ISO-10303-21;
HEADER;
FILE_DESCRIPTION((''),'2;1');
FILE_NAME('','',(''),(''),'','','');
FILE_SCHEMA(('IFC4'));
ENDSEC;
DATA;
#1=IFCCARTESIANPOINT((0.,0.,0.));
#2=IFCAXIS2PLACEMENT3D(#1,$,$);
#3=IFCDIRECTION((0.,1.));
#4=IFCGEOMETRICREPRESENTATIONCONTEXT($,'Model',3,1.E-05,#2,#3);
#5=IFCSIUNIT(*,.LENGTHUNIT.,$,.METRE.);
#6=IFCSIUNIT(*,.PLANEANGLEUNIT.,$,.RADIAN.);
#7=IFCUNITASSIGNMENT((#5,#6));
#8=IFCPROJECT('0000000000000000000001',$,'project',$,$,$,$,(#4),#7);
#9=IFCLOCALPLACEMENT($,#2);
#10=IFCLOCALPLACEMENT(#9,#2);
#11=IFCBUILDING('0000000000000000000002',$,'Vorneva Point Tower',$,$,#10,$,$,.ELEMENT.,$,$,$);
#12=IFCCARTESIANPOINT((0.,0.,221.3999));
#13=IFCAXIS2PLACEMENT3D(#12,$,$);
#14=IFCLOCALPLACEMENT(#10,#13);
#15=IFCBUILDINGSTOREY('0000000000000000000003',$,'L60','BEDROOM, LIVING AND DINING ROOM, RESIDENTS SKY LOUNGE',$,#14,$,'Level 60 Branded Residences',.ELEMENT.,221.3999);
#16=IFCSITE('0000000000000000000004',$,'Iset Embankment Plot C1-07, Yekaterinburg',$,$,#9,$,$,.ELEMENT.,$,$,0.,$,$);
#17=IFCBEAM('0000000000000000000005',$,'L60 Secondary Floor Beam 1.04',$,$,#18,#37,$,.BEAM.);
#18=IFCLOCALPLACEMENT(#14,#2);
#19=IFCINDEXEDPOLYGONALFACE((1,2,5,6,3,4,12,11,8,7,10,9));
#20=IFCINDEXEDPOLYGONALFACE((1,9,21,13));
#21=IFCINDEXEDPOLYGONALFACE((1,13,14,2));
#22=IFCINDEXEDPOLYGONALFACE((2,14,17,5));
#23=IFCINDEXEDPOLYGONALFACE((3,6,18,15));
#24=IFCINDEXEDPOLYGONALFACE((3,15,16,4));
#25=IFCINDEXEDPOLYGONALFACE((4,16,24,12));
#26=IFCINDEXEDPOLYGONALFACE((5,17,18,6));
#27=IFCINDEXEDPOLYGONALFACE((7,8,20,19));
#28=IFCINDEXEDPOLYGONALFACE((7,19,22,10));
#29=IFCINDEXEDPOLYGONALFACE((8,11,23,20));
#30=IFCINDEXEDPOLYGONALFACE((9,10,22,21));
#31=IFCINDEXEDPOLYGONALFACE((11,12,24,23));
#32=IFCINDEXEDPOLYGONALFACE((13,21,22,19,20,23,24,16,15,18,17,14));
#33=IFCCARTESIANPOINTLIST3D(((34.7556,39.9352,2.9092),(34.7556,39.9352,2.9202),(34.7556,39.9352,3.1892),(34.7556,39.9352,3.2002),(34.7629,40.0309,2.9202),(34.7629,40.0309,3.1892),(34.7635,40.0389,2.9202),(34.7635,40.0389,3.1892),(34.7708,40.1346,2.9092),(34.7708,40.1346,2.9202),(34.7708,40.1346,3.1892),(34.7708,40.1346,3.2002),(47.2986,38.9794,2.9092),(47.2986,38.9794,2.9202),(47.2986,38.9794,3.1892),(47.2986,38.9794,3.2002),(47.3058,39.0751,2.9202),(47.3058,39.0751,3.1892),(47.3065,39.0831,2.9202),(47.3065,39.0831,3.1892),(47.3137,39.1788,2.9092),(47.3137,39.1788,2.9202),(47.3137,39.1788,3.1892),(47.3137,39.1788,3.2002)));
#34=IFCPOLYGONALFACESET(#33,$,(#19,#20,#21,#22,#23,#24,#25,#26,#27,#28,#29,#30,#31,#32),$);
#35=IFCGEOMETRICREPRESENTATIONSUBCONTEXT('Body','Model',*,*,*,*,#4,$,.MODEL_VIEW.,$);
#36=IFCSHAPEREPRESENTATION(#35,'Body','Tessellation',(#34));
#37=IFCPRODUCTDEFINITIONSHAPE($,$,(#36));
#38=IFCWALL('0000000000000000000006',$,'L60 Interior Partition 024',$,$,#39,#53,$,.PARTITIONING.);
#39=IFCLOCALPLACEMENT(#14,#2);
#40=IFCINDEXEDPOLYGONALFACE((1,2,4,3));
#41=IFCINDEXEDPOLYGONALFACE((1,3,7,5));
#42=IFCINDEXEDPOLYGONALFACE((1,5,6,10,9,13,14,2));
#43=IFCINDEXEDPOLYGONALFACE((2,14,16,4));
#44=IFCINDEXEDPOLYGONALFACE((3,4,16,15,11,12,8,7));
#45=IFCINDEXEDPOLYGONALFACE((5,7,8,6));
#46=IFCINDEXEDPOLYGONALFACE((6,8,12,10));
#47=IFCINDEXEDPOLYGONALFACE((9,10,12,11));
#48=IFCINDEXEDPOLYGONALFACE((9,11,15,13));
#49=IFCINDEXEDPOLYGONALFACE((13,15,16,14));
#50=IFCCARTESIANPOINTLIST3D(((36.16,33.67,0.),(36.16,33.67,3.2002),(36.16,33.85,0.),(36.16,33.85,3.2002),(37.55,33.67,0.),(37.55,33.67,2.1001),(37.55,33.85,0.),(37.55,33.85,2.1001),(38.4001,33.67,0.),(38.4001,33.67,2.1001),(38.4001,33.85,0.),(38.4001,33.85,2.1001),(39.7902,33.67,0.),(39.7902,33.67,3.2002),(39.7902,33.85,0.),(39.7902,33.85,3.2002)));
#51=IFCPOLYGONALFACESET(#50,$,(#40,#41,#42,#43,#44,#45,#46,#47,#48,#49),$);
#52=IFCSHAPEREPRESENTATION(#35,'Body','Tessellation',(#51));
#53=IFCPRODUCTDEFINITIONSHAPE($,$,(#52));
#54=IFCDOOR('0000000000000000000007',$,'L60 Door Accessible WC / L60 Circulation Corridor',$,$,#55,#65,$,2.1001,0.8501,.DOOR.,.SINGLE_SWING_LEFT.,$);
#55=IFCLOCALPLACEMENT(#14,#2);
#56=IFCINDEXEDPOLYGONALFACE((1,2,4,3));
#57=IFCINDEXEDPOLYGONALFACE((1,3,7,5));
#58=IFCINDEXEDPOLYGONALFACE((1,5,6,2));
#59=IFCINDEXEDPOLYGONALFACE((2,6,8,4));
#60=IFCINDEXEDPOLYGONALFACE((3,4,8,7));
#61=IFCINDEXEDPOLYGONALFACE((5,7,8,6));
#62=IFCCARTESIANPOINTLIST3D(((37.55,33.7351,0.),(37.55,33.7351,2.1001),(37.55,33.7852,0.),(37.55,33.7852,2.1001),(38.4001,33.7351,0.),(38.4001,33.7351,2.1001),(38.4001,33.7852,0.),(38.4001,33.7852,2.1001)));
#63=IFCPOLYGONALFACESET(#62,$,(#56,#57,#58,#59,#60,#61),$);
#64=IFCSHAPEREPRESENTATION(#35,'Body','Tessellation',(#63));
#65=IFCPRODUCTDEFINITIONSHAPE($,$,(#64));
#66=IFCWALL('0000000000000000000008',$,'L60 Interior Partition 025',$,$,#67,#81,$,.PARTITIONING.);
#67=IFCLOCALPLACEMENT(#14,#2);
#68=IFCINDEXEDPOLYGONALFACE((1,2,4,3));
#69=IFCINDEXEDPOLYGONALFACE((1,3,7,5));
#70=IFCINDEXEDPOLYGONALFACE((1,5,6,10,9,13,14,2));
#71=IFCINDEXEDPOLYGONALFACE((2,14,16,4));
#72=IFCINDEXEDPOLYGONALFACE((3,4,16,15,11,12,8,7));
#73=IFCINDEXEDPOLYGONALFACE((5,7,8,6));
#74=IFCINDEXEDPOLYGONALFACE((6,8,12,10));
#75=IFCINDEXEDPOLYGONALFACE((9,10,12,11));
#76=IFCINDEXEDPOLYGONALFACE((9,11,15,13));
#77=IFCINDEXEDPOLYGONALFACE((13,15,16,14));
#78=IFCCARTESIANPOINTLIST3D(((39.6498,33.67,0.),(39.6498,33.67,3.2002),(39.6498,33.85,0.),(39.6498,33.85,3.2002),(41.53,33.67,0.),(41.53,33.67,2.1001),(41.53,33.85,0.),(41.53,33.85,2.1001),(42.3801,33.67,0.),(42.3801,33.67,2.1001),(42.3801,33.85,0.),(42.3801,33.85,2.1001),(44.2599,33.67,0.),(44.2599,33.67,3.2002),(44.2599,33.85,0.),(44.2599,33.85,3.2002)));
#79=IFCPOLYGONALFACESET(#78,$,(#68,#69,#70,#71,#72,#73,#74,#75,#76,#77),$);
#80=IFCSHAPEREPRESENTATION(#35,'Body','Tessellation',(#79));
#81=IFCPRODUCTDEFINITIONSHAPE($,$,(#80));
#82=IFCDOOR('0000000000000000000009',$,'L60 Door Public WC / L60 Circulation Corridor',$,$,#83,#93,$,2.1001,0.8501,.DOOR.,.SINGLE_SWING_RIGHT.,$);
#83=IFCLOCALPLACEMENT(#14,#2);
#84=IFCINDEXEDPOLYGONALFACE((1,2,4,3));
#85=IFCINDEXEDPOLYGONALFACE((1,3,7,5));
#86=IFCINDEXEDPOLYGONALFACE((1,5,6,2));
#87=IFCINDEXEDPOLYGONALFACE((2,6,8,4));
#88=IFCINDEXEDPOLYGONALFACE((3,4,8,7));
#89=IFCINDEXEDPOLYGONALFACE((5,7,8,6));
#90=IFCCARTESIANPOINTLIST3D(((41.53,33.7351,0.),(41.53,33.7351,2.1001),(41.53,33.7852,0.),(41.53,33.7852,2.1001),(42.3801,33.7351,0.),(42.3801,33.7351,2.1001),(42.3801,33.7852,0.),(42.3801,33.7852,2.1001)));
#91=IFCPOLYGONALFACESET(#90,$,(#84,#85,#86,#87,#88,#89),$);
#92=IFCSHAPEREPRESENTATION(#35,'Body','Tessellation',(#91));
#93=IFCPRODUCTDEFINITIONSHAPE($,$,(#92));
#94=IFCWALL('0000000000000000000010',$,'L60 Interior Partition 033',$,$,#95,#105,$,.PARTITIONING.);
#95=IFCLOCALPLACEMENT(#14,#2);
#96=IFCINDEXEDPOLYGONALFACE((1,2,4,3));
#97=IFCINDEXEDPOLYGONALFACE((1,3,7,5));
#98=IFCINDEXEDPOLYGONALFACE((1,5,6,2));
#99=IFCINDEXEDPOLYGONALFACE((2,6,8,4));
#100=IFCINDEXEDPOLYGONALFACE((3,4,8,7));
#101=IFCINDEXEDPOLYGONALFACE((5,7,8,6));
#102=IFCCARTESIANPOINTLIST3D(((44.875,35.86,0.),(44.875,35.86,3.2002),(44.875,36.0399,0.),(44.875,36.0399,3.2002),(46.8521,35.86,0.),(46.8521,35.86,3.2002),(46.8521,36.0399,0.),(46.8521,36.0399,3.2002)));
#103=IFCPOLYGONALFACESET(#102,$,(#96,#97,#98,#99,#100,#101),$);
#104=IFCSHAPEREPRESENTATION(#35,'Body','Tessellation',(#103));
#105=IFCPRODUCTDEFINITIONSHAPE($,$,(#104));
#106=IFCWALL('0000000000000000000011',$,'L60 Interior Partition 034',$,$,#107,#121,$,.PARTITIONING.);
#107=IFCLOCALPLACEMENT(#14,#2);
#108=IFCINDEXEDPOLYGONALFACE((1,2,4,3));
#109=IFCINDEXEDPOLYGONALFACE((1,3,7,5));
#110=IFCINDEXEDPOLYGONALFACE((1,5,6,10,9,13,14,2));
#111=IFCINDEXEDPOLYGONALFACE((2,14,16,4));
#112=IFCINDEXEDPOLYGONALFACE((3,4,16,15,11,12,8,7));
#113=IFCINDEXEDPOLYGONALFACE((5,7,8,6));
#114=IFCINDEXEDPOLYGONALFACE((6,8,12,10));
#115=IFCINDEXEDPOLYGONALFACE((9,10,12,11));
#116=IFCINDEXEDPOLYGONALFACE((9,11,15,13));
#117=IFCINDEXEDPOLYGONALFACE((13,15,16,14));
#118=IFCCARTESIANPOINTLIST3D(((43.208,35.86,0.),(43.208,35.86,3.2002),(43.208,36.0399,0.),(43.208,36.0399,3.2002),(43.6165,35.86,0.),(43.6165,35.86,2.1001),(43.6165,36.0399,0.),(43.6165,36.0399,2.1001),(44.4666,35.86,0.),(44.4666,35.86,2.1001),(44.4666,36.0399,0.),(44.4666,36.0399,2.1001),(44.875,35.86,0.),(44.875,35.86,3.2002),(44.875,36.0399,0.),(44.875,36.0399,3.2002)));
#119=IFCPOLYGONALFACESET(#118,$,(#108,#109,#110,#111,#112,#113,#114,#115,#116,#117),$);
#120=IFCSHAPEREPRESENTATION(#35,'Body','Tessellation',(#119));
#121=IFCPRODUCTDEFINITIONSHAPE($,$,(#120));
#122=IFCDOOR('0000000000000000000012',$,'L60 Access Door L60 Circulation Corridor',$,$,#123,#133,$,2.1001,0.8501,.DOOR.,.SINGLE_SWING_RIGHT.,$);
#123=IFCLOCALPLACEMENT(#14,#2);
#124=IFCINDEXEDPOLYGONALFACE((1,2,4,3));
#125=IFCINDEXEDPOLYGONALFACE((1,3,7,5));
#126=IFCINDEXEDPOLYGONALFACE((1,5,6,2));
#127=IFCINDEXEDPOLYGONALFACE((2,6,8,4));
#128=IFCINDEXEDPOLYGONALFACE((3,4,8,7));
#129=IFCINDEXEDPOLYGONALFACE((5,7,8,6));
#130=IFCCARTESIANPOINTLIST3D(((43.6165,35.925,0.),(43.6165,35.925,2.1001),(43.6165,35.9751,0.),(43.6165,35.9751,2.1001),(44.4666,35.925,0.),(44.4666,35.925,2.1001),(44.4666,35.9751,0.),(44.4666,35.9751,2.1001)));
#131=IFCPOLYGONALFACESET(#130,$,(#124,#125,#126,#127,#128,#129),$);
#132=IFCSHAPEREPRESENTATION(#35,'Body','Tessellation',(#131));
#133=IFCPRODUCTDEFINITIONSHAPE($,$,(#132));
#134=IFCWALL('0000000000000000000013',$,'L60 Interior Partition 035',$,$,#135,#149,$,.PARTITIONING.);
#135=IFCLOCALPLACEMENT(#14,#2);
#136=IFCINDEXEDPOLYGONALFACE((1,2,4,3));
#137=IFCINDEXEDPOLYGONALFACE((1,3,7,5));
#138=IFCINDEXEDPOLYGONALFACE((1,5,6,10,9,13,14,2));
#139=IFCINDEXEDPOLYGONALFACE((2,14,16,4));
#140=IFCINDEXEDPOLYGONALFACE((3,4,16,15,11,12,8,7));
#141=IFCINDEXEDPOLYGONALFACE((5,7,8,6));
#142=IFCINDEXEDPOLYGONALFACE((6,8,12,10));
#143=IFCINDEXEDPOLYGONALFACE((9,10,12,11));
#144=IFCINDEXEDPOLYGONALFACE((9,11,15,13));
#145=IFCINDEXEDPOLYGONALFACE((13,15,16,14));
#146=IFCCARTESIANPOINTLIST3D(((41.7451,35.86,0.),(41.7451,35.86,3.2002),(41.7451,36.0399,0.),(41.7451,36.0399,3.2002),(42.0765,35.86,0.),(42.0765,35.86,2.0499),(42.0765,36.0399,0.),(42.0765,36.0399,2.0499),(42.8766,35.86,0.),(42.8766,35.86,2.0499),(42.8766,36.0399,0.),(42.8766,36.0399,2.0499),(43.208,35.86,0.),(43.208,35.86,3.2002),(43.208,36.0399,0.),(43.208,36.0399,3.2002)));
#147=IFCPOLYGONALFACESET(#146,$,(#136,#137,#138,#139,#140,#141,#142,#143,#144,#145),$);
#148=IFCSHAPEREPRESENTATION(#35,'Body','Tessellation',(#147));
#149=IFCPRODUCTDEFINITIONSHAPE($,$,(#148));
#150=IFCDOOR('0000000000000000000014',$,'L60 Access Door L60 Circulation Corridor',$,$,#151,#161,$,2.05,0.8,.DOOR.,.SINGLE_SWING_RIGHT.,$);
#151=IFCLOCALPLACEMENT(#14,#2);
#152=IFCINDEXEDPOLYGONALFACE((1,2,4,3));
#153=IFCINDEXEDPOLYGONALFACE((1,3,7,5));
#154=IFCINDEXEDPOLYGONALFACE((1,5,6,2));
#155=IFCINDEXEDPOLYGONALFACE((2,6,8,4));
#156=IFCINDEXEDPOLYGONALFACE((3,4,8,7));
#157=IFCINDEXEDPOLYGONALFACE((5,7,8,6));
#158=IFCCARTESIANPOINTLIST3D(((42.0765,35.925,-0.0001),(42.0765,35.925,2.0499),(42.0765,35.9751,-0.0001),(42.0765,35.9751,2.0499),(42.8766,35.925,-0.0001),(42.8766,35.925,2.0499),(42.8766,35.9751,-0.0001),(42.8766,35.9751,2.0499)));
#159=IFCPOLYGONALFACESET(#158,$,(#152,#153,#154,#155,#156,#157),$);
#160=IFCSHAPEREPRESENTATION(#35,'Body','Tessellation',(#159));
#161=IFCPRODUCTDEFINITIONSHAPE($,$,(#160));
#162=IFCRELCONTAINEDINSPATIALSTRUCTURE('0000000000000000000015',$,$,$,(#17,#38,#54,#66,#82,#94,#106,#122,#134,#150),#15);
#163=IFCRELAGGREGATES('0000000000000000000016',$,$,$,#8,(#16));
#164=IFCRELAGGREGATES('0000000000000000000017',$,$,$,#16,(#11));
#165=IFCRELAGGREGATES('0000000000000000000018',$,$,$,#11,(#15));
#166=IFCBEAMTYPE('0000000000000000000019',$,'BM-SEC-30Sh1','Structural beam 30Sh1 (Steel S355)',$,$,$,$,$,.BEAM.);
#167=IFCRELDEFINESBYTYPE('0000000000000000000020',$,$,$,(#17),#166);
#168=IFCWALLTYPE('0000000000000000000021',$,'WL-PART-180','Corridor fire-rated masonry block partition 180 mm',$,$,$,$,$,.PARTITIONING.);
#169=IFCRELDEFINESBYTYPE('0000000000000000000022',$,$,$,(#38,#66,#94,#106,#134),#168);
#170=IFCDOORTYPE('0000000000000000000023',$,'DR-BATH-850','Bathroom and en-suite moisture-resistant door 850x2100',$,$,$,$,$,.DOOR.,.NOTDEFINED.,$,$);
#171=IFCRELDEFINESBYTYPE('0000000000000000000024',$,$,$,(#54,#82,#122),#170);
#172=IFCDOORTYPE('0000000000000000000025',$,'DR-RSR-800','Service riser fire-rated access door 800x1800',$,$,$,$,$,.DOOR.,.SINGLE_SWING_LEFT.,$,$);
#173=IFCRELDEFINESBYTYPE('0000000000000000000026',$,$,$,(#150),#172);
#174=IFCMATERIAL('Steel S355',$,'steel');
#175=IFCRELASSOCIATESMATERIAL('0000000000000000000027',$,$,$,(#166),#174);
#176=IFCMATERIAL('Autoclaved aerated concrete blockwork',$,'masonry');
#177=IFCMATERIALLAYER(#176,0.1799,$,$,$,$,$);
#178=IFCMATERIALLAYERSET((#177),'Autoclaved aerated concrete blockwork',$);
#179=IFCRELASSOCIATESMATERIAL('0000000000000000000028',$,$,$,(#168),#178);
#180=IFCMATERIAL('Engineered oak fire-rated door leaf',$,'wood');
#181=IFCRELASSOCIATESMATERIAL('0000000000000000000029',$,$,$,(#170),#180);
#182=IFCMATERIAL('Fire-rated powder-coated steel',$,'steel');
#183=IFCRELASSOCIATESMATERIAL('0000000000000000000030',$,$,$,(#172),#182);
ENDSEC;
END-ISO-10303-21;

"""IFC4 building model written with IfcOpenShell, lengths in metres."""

from ifc_helpers import new_model, si_unit, direction, frame, frame_2d, origin, origin_2d, place, context, subcontext, project, spatial, rectangle, i_section, extrude, material, layer, layer_set, material_profile, profile_set, type_object, element, fill, save


model = new_model("IFC4")

# Units and contexts
model_context = context("Model", 3, precision=1e-05, world=origin(), true_north=direction((0.0, 1.0)))
body_context = subcontext(model_context, "Body", "Model", "MODEL_VIEW")
ifc_project = project(units=[si_unit("LENGTHUNIT", "METRE"), si_unit("PLANEANGLEUNIT", "RADIAN")], contexts=[model_context])

# Site, building, storey
site_placement = place(None, origin())
site = spatial("IfcSite", under=ifc_project, at=site_placement, Name="Iset Embankment Plot C1-07, Yekaterinburg", CompositionType="ELEMENT", RefElevation=0.0)
building_placement = place(site_placement, origin())
building = spatial("IfcBuilding", under=site, at=building_placement, Name="Vorneva Point Tower", CompositionType="ELEMENT")
storey_placement = place(building_placement, frame((0.0, 0.0, 221.3999)))
storey = spatial("IfcBuildingStorey", under=building, at=storey_placement, Name="L60", Description="BEDROOM, LIVING AND DINING ROOM, RESIDENTS SKY LOUNGE", LongName="Level 60 Branded Residences", CompositionType="ELEMENT", Elevation=221.3999)

# Beam
ifc_material_1 = material(Name="Steel S355", Category="steel")
ifc_material_profile = material_profile(ifc_material_1, i_section(OverallWidth=0.2, OverallDepth=0.291, WebThickness=0.0081, FlangeThickness=0.011, at=origin_2d()), Name="30Sh1")
ifc_profile_set = profile_set([ifc_material_profile], Name="Steel S355")
beam_type = type_object("IfcBeamType", Name="BM-SEC-30Sh1", Description="Structural beam 30Sh1 (Steel S355)", PredefinedType="BEAM", material=ifc_profile_set)
beam_placement = place(storey_placement, frame((47.3062, 39.0791, 3.0547), z_axis=(-0.997109, 0.075983, 0.0), x_axis=(-0.075983, -0.997109, 0.0)))
element("IfcBeam", 1, at=beam_placement, inside=storey, type_object=beam_type, Name="L60 Secondary Floor Beam 1.04", PredefinedType="BEAM", context=body_context, shape_type="SweptSolid", body=[
    extrude(i_section(OverallWidth=0.2, OverallDepth=0.291, WebThickness=0.0081, FlangeThickness=0.011, at=origin_2d()), origin(), (0.0, 0.0, 1.0), 12.5793),
])

# Walls, openings, doors
ifc_material_2 = material(Name="Autoclaved aerated concrete blockwork", Category="masonry")
ifc_layer_1 = layer(ifc_material_2, 0.1799)
ifc_layer_set_1 = layer_set([ifc_layer_1], Name="Autoclaved aerated concrete blockwork")
wall_type_1 = type_object("IfcWallType", Name="WL-PART-180", Description="Corridor fire-rated masonry block partition 180 mm", PredefinedType="PARTITIONING", material=ifc_layer_set_1)
wall_1_placement = place(storey_placement, frame((39.79, 33.76, 0.0), z_axis=(0.0, 0.0, 1.0), x_axis=(-1.0, 0.0, 0.0)))
wall_1 = element("IfcWall", 2, at=wall_1_placement, inside=storey, type_object=wall_type_1, Name="L60 Interior Partition 024", PredefinedType="PARTITIONING", context=body_context, shape_type="SweptSolid", body=[
    extrude(rectangle(XDim=3.6301, YDim=0.1799, at=frame_2d((1.8149, 0.0))), origin(), (0.0, 0.0, 1.0), 3.2002),
])
opening_1_placement = place(wall_1_placement, frame((1.3899, 0.0, 0.0)))
opening_1 = element("IfcOpeningElement", 3, at=opening_1_placement, cuts=wall_1, PredefinedType="OPENING", context=body_context, shape_type="SweptSolid", body=[
    extrude(rectangle(XDim=0.8501, YDim=2.1001, at=frame_2d((0.425, 1.05))), frame((0.0, 0.105, 0.0), z_axis=(0.0, -1.0, 0.0), x_axis=(1.0, 0.0, 0.0)), (0.0, 0.0, 1.0), 0.2097),
])
ifc_material_3 = material(Name="Engineered oak fire-rated door leaf", Category="wood")
door_type_1 = type_object("IfcDoorType", Name="DR-BATH-850", Description="Bathroom and en-suite moisture-resistant door 850x2100", OperationType="NOTDEFINED", PredefinedType="DOOR", material=ifc_material_3)
door_1_placement = place(opening_1_placement, origin())
door_1 = element("IfcDoor", 4, at=door_1_placement, inside=storey, type_object=door_type_1, Name="L60 Door Accessible WC / L60 Circulation Corridor", OperationType="SINGLE_SWING_LEFT", OverallHeight=2.1001, OverallWidth=0.8501, PredefinedType="DOOR", context=body_context, shape_type="SweptSolid", body=[
    extrude(rectangle(XDim=0.8501, YDim=2.1001, at=frame_2d((0.425, 1.05))), frame((0.0, 0.0249, 0.0), z_axis=(0.0, -1.0, 0.0), x_axis=(1.0, 0.0, 0.0)), (0.0, 0.0, 1.0), 0.05),
])
fill(opening_1, door_1)
wall_2_placement = place(storey_placement, frame((44.26, 33.76, 0.0), z_axis=(0.0, 0.0, 1.0), x_axis=(-1.0, 0.0, 0.0)))
wall_2 = element("IfcWall", 5, at=wall_2_placement, inside=storey, type_object=wall_type_1, Name="L60 Interior Partition 025", PredefinedType="PARTITIONING", context=body_context, shape_type="SweptSolid", body=[
    extrude(rectangle(XDim=4.6101, YDim=0.1799, at=frame_2d((2.3052, 0.0))), origin(), (0.0, 0.0, 1.0), 3.2002),
])
opening_2_placement = place(wall_2_placement, frame((1.8799, 0.0, 0.0)))
opening_2 = element("IfcOpeningElement", 6, at=opening_2_placement, cuts=wall_2, PredefinedType="OPENING", context=body_context, shape_type="SweptSolid", body=[
    extrude(rectangle(XDim=0.8501, YDim=2.1001, at=frame_2d((0.425, 1.05))), frame((0.0, 0.105, 0.0), z_axis=(0.0, -1.0, 0.0), x_axis=(1.0, 0.0, 0.0)), (0.0, 0.0, 1.0), 0.2097),
])
door_2_placement = place(opening_2_placement, origin())
door_2 = element("IfcDoor", 7, at=door_2_placement, inside=storey, type_object=door_type_1, Name="L60 Door Public WC / L60 Circulation Corridor", OperationType="SINGLE_SWING_RIGHT", OverallHeight=2.1001, OverallWidth=0.8501, PredefinedType="DOOR", context=body_context, shape_type="SweptSolid", body=[
    extrude(rectangle(XDim=0.8501, YDim=2.1001, at=frame_2d((0.425, 1.05))), frame((0.0, 0.0249, 0.0), z_axis=(0.0, -1.0, 0.0), x_axis=(1.0, 0.0, 0.0)), (0.0, 0.0, 1.0), 0.05),
])
fill(opening_2, door_2)

# Wall
wall_3_placement = place(storey_placement, frame((46.8521, 35.95, 0.0), z_axis=(0.0, 0.0, 1.0), x_axis=(-1.0, 0.0, 0.0)))
element("IfcWall", 8, at=wall_3_placement, inside=storey, type_object=wall_type_1, Name="L60 Interior Partition 033", PredefinedType="PARTITIONING", context=body_context, shape_type="SweptSolid", body=[
    extrude(rectangle(XDim=1.9771, YDim=0.1799, at=frame_2d((0.9885, 0.0))), origin(), (0.0, 0.0, 1.0), 3.2002),
])

# Walls, openings, doors
wall_4_placement = place(storey_placement, frame((44.875, 35.95, 0.0), z_axis=(0.0, 0.0, 1.0), x_axis=(-1.0, 0.0, 0.0)))
wall_4 = element("IfcWall", 9, at=wall_4_placement, inside=storey, type_object=wall_type_1, Name="L60 Interior Partition 034", PredefinedType="PARTITIONING", context=body_context, shape_type="SweptSolid", body=[
    extrude(rectangle(XDim=1.667, YDim=0.1799, at=frame_2d((0.8335, 0.0))), origin(), (0.0, 0.0, 1.0), 3.2002),
])
opening_3_placement = place(wall_4_placement, frame((0.4084, 0.0, 0.0)))
opening_3 = element("IfcOpeningElement", 10, at=opening_3_placement, cuts=wall_4, PredefinedType="OPENING", context=body_context, shape_type="SweptSolid", body=[
    extrude(rectangle(XDim=0.8501, YDim=2.1001, at=frame_2d((0.425, 1.05))), frame((0.0, 0.105, 0.0), z_axis=(0.0, -1.0, 0.0), x_axis=(1.0, 0.0, 0.0)), (0.0, 0.0, 1.0), 0.2097),
])
door_3_placement = place(opening_3_placement, origin())
door_3 = element("IfcDoor", 11, at=door_3_placement, inside=storey, type_object=door_type_1, Name="L60 Access Door L60 Circulation Corridor", OperationType="SINGLE_SWING_RIGHT", OverallHeight=2.1001, OverallWidth=0.8501, PredefinedType="DOOR", context=body_context, shape_type="SweptSolid", body=[
    extrude(rectangle(XDim=0.8501, YDim=2.1001, at=frame_2d((0.425, 1.05))), frame((0.0, 0.0249, 0.0), z_axis=(0.0, -1.0, 0.0), x_axis=(1.0, 0.0, 0.0)), (0.0, 0.0, 1.0), 0.05),
])
fill(opening_3, door_3)
wall_5_placement = place(storey_placement, frame((43.208, 35.95, 0.0), z_axis=(0.0, 0.0, 1.0), x_axis=(-1.0, 0.0, 0.0)))
wall_5 = element("IfcWall", 12, at=wall_5_placement, inside=storey, type_object=wall_type_1, Name="L60 Interior Partition 035", PredefinedType="PARTITIONING", context=body_context, shape_type="SweptSolid", body=[
    extrude(rectangle(XDim=1.4629, YDim=0.1799, at=frame_2d((0.7314, 0.0))), origin(), (0.0, 0.0, 1.0), 3.2002),
])
opening_4_placement = place(wall_5_placement, frame((0.3315, 0.0, 0.0)))
opening_4 = element("IfcOpeningElement", 13, at=opening_4_placement, cuts=wall_5, PredefinedType="OPENING", context=body_context, shape_type="SweptSolid", body=[
    extrude(rectangle(XDim=0.8, YDim=2.05, at=frame_2d((0.3999, 1.0249))), frame((0.0, 0.105, 0.0), z_axis=(0.0, -1.0, 0.0), x_axis=(1.0, 0.0, 0.0)), (0.0, 0.0, 1.0), 0.2097),
])
ifc_material_4 = material(Name="Fire-rated powder-coated steel", Category="steel")
door_type_2 = type_object("IfcDoorType", Name="DR-RSR-800", Description="Service riser fire-rated access door 800x1800", OperationType="SINGLE_SWING_LEFT", PredefinedType="DOOR", material=ifc_material_4)
door_4_placement = place(opening_4_placement, origin())
door_4 = element("IfcDoor", 14, at=door_4_placement, inside=storey, type_object=door_type_2, Name="L60 Access Door L60 Circulation Corridor", OperationType="SINGLE_SWING_RIGHT", OverallHeight=2.05, OverallWidth=0.8, PredefinedType="DOOR", context=body_context, shape_type="SweptSolid", body=[
    extrude(rectangle(XDim=0.8, YDim=2.05, at=frame_2d((0.3999, 1.0249))), frame((0.0, 0.0249, 0.0), z_axis=(0.0, -1.0, 0.0), x_axis=(1.0, 0.0, 0.0)), (0.0, 0.0, 1.0), 0.05),
])
fill(opening_4, door_4)

save(model, "model.ifc")
